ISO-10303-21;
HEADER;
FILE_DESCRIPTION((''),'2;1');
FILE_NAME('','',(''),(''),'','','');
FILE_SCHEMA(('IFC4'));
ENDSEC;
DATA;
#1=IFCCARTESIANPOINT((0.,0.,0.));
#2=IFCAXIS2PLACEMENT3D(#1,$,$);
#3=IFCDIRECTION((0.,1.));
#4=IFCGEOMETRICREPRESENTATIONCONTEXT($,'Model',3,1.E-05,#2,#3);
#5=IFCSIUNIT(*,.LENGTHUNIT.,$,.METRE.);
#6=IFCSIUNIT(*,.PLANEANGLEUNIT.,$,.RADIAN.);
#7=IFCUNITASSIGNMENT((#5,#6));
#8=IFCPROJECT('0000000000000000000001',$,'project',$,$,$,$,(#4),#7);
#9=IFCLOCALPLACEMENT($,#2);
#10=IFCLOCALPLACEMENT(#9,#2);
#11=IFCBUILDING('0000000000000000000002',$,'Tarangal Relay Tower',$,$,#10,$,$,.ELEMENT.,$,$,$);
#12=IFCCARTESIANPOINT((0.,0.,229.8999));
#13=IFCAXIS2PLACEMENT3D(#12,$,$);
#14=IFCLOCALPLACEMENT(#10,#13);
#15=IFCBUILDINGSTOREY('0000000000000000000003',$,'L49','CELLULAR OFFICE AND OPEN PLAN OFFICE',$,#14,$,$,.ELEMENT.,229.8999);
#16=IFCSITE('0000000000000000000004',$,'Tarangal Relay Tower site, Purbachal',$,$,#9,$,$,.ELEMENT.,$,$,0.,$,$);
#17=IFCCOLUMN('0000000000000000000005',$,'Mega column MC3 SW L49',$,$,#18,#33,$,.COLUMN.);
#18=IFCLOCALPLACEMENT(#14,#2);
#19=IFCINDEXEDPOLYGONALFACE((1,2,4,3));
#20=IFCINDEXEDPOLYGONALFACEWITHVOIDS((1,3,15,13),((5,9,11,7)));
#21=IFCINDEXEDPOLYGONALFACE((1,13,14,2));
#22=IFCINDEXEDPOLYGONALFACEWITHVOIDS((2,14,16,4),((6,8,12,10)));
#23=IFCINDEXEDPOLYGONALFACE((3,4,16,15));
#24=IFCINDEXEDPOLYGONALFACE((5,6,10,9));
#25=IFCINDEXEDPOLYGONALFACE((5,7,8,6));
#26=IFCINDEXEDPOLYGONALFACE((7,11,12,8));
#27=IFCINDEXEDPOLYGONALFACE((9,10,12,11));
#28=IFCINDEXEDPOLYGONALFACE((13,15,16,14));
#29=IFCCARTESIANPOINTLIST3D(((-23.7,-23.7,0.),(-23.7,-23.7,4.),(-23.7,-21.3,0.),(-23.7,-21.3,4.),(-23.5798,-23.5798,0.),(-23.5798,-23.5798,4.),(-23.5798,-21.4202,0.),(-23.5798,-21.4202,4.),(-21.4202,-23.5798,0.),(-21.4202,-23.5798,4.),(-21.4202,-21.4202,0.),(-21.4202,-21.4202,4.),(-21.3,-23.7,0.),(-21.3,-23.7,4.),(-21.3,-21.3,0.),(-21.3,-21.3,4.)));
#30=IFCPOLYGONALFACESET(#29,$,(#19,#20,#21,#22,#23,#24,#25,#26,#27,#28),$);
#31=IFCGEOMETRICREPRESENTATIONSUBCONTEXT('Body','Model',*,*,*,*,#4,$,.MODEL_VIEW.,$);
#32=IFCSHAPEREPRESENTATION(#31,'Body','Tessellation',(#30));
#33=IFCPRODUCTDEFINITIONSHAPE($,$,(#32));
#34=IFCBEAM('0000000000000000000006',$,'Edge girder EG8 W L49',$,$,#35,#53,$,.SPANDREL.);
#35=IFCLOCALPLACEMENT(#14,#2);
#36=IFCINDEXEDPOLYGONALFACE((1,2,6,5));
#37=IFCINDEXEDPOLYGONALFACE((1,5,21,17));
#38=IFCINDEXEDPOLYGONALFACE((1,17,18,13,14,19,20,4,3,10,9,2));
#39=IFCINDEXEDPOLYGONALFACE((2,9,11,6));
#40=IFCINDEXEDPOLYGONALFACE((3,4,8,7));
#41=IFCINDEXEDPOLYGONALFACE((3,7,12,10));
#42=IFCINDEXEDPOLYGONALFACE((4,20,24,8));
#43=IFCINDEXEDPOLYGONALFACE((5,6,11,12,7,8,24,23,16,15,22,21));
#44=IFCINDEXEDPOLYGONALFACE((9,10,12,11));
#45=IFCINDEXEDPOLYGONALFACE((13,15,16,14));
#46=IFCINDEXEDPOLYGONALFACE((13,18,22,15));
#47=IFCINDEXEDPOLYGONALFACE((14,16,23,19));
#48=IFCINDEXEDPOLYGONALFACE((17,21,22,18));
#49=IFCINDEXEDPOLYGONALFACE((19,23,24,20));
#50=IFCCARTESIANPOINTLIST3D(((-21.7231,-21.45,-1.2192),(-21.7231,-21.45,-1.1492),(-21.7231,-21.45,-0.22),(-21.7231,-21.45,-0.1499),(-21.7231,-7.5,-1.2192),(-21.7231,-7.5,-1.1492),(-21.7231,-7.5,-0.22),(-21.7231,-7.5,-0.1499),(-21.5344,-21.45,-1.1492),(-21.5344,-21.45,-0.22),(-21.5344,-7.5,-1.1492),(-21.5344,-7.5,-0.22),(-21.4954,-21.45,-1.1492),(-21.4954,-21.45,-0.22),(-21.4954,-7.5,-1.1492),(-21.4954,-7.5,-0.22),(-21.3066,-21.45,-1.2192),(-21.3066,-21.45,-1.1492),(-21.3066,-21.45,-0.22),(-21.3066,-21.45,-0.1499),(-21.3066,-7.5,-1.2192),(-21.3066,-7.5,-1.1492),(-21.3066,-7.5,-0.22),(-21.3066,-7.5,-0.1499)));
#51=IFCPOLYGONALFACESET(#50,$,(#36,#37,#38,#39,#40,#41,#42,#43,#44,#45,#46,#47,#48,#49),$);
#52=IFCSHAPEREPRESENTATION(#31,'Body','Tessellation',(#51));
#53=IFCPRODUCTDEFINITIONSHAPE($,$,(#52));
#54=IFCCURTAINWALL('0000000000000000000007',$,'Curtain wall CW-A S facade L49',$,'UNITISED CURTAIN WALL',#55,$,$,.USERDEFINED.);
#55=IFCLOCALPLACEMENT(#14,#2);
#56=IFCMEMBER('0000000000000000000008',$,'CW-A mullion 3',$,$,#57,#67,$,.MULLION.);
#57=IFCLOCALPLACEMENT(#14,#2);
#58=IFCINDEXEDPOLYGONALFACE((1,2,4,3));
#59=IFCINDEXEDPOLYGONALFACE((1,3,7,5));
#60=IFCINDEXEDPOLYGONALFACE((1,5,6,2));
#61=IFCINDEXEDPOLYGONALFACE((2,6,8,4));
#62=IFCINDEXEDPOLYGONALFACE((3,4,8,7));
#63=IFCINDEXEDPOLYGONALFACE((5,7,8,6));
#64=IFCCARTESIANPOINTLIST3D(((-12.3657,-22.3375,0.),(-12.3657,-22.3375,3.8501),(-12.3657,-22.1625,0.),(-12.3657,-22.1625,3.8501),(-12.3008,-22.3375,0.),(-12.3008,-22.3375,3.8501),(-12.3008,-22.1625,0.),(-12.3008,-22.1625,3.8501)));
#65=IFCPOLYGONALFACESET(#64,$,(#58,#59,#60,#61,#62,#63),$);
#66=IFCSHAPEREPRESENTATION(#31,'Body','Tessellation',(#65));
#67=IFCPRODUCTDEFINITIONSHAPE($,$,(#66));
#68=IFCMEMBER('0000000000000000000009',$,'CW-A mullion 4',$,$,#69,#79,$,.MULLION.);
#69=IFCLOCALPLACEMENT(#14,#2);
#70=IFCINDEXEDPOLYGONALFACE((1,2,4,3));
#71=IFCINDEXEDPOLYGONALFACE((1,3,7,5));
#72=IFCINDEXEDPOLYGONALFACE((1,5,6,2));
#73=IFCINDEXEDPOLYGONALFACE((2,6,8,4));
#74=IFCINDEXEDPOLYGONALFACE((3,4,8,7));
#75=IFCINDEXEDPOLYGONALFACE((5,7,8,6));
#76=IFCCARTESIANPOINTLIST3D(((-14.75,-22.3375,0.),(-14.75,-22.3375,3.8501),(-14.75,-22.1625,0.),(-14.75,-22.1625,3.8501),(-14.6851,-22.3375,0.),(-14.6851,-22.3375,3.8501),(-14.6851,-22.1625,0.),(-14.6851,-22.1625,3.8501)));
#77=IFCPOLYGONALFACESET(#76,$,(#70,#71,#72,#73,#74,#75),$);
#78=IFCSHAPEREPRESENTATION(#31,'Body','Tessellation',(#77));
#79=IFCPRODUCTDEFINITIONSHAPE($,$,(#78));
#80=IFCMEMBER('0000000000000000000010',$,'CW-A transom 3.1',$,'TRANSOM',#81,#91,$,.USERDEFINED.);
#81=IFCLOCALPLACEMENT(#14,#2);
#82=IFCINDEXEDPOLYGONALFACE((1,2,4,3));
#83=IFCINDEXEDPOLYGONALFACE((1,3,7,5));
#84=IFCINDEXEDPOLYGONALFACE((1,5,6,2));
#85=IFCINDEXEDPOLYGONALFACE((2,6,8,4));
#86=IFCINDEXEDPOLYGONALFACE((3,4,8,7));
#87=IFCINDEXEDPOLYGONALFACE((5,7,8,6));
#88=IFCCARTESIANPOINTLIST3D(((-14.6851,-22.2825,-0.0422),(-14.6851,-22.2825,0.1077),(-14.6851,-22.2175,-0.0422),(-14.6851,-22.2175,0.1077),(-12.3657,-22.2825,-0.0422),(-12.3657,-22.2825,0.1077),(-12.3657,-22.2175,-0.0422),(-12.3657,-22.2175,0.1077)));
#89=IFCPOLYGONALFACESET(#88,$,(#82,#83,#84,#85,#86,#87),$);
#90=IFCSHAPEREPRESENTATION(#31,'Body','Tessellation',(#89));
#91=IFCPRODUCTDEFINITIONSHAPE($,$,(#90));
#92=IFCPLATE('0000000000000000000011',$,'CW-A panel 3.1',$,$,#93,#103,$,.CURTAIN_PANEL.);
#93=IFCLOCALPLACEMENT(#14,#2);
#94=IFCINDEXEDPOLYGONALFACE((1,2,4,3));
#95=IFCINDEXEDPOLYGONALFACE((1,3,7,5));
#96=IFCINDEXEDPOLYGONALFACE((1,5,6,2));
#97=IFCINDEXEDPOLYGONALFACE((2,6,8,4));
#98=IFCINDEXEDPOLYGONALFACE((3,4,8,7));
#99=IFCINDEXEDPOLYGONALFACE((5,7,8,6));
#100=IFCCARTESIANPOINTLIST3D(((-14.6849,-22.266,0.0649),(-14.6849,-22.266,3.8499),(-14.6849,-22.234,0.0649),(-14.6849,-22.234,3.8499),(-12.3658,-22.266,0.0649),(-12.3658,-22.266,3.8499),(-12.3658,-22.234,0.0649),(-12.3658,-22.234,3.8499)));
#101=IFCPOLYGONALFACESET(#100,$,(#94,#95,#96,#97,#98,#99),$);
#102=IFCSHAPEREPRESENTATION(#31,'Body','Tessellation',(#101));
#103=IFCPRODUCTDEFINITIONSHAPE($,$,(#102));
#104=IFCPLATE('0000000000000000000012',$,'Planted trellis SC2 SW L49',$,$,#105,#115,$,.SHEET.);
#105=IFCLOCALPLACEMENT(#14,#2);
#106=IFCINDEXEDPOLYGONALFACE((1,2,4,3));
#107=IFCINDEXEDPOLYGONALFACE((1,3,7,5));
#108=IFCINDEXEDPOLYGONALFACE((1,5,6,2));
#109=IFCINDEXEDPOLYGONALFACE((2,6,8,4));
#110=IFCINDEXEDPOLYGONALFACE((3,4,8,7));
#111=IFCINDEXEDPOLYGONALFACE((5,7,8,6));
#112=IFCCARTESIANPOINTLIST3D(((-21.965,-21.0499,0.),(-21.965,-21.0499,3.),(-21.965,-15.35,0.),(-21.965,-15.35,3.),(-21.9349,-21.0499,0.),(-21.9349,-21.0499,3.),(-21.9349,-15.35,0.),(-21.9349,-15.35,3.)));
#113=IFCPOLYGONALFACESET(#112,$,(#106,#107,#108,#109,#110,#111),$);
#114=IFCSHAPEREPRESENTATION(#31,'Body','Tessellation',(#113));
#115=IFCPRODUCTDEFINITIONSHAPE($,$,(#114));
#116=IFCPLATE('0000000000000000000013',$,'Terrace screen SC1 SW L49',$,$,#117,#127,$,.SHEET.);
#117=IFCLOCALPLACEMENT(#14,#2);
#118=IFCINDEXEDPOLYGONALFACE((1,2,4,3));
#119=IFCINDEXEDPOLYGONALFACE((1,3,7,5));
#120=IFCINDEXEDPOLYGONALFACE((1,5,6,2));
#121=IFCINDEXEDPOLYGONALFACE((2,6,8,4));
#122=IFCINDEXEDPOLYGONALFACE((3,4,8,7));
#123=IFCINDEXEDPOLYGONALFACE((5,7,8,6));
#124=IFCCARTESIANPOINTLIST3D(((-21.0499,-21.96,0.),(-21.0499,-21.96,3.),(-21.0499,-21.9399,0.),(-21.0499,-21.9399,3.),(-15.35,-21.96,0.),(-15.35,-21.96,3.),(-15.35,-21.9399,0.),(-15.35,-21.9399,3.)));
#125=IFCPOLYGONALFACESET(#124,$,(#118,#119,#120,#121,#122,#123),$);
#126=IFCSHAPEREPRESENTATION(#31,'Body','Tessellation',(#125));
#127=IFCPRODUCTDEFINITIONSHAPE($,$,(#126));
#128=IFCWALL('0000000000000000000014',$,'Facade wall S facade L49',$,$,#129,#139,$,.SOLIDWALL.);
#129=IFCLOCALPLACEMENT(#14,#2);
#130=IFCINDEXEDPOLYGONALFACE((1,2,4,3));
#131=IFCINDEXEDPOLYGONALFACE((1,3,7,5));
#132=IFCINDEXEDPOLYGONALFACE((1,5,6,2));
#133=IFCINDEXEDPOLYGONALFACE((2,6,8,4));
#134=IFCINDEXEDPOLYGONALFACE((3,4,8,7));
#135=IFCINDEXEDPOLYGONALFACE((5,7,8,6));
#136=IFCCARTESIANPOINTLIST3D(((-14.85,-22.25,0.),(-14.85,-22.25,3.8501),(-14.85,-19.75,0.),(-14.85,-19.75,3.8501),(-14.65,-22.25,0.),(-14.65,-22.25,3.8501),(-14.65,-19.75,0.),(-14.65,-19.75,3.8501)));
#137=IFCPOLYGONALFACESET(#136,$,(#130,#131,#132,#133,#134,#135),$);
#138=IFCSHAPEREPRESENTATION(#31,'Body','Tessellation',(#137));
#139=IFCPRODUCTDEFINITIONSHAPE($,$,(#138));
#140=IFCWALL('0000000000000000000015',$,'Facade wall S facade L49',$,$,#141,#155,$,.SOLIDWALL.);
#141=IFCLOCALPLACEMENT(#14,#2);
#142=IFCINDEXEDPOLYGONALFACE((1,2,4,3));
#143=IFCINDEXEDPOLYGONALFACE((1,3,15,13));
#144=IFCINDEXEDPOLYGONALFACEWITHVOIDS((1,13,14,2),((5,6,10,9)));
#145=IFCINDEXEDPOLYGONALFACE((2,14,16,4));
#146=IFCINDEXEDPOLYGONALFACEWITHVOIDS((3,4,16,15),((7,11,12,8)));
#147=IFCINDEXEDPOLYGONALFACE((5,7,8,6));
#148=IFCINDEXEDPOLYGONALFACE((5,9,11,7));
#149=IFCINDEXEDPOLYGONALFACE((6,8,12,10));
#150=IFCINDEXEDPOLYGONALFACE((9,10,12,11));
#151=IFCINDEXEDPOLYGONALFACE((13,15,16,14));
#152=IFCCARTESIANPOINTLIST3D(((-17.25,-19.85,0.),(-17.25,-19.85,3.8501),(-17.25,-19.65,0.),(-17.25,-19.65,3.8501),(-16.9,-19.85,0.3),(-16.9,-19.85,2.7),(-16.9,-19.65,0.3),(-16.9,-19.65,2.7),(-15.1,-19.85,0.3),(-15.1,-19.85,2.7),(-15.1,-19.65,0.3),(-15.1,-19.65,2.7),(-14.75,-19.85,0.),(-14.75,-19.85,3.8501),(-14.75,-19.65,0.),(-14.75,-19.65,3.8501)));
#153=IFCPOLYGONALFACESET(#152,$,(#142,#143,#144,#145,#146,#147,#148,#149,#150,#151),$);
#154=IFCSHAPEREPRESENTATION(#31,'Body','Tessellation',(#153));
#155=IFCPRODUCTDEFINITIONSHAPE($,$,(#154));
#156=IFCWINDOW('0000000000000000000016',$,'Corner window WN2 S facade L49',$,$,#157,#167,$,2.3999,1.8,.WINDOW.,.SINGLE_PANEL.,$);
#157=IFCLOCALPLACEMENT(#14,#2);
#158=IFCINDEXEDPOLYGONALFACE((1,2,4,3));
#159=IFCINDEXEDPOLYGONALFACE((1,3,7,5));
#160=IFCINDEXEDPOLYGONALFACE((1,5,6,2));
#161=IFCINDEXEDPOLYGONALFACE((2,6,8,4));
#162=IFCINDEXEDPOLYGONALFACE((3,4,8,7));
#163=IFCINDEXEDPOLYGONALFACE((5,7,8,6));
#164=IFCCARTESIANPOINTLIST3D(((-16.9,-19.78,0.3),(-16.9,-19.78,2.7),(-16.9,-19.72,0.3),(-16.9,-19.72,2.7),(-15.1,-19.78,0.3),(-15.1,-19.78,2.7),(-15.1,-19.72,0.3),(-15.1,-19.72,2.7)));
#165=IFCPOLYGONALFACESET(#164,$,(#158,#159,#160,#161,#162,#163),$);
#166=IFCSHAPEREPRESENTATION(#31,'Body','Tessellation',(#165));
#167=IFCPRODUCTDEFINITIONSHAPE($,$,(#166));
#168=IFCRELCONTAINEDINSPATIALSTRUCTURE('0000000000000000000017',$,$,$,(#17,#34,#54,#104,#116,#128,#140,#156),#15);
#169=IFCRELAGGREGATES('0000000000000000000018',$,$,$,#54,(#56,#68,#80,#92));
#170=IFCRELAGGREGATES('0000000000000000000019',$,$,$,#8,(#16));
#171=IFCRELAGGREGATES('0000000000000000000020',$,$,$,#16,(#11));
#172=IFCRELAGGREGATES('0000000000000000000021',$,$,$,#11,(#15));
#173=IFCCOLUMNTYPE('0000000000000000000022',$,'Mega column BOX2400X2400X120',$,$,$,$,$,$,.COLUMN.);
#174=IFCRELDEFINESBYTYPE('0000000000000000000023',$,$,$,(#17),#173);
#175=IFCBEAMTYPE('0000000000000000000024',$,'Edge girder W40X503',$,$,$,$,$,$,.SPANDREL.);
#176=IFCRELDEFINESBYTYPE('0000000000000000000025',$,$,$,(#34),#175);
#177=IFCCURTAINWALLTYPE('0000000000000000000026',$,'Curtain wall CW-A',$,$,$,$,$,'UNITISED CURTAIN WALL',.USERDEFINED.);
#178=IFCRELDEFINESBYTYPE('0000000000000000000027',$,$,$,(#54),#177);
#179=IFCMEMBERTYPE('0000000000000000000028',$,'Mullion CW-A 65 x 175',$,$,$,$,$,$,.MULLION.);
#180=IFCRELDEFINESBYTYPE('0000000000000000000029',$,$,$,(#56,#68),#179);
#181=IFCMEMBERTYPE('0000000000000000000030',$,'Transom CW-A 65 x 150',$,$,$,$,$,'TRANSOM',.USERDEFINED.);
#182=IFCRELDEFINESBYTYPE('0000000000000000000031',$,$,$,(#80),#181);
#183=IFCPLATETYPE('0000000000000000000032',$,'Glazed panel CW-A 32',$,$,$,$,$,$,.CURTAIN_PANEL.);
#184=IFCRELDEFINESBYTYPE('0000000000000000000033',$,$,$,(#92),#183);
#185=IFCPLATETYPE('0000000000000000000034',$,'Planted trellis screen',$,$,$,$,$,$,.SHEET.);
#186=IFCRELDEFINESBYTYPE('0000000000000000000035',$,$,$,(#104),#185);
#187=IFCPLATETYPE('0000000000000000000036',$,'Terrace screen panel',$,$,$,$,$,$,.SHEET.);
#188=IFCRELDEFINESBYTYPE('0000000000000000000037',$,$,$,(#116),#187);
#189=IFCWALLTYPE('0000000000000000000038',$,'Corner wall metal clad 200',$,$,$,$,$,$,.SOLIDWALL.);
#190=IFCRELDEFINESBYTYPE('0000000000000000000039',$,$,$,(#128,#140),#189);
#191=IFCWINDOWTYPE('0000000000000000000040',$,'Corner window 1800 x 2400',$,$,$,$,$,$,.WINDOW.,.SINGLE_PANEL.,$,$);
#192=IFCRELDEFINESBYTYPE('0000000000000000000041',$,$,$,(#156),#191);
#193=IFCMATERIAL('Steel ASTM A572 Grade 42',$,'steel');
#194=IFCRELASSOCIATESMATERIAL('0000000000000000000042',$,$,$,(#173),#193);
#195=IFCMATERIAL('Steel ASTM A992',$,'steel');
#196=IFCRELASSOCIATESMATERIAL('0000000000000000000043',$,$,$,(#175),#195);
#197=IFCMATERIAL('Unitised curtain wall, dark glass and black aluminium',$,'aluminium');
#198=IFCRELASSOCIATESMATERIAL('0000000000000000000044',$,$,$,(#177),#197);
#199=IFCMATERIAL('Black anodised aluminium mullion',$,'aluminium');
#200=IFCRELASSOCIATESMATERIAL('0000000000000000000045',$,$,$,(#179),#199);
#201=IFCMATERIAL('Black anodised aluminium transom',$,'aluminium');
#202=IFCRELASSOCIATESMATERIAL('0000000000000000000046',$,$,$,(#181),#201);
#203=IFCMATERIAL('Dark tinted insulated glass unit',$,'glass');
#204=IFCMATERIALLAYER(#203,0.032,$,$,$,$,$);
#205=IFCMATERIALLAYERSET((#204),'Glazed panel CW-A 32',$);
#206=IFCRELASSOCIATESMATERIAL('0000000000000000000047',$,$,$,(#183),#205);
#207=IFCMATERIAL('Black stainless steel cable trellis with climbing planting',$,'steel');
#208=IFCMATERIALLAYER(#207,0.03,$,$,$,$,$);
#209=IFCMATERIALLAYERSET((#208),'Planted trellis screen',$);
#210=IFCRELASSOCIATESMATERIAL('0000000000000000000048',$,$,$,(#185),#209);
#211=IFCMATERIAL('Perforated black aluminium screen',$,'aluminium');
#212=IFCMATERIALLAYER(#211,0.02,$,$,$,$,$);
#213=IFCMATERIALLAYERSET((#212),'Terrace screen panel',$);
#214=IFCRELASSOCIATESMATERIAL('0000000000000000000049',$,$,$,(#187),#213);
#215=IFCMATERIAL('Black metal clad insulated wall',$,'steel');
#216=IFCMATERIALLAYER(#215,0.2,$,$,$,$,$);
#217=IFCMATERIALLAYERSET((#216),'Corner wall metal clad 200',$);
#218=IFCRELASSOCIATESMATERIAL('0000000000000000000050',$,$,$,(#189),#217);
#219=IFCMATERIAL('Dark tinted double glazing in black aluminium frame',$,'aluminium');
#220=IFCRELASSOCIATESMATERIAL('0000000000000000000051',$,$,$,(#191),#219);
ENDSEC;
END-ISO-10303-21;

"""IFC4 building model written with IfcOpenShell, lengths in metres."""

from ifc_helpers import new_model, si_unit, direction, frame, frame_2d, origin, origin_2d, place, context, subcontext, project, spatial, rectangle, hollow_rectangle, i_section, extrude, material, layer, layer_set, material_profile, profile_set, type_object, element, fill, aggregate, save


model = new_model("IFC4")

# Units and contexts
model_context = context("Model", 3, precision=1e-05, world=origin(), true_north=direction((0.0, 1.0)))
body_context = subcontext(model_context, "Body", "Model", "MODEL_VIEW")
ifc_project = project(units=[si_unit("LENGTHUNIT", "METRE"), si_unit("PLANEANGLEUNIT", "RADIAN")], contexts=[model_context])

# Site, building, storey
site_placement = place(None, origin())
site = spatial("IfcSite", under=ifc_project, at=site_placement, Name="Tarangal Relay Tower site, Purbachal", CompositionType="ELEMENT", RefElevation=0.0)
building_placement = place(site_placement, origin())
building = spatial("IfcBuilding", under=site, at=building_placement, Name="Tarangal Relay Tower", CompositionType="ELEMENT")
storey_placement = place(building_placement, frame((0.0, 0.0, 229.8999)))
storey = spatial("IfcBuildingStorey", under=building, at=storey_placement, Name="L49", Description="CELLULAR OFFICE AND OPEN PLAN OFFICE", CompositionType="ELEMENT", Elevation=229.8999)

# Column
ifc_material_1 = material(Name="Steel ASTM A572 Grade 42", Category="steel")
ifc_material_profile_1 = material_profile(ifc_material_1, hollow_rectangle(XDim=2.3999, YDim=2.3999, WallThickness=0.1201, at=origin_2d()), Name="BOX2400X2400X120")
ifc_profile_set_1 = profile_set([ifc_material_profile_1], Name="Steel ASTM A572 Grade 42")
column_type = type_object("IfcColumnType", Name="Mega column BOX2400X2400X120", PredefinedType="COLUMN", material=ifc_profile_set_1)
column_placement = place(storey_placement, frame((-22.5, -22.5, 0.0), z_axis=(0.0, 0.0, 1.0), x_axis=(1.0, 0.0, 0.0)))
element("IfcColumn", 1, at=column_placement, inside=storey, type_object=column_type, Name="Mega column MC3 SW L49", PredefinedType="COLUMN", context=body_context, shape_type="SweptSolid", body=[
    extrude(hollow_rectangle(XDim=2.3999, YDim=2.3999, WallThickness=0.1201, at=origin_2d()), origin(), (0.0, 0.0, 1.0), 4.0),
])

# Beam
ifc_material_2 = material(Name="Steel ASTM A992", Category="steel")
ifc_material_profile_2 = material_profile(ifc_material_2, i_section(OverallWidth=0.4165, OverallDepth=1.0693, WebThickness=0.0391, FlangeThickness=0.0701, at=origin_2d()), Name="W40X503")
ifc_profile_set_2 = profile_set([ifc_material_profile_2], Name="Steel ASTM A992")
beam_type = type_object("IfcBeamType", Name="Edge girder W40X503", PredefinedType="SPANDREL", material=ifc_profile_set_2)
beam_placement = place(storey_placement, frame((-21.5149, -21.45, -0.6846), z_axis=(0.0, 1.0, 0.0), x_axis=(-1.0, 0.0, 0.0)))
element("IfcBeam", 2, at=beam_placement, inside=storey, type_object=beam_type, Name="Edge girder EG8 W L49", PredefinedType="SPANDREL", context=body_context, shape_type="SweptSolid", body=[
    extrude(i_section(OverallWidth=0.4165, OverallDepth=1.0693, WebThickness=0.0391, FlangeThickness=0.0701, at=origin_2d()), origin(), (0.0, 0.0, 1.0), 13.95),
])

# Curtain wall, members, plate
ifc_material_3 = material(Name="Unitised curtain wall, dark glass and black aluminium", Category="aluminium")
curtain_wall_type = type_object("IfcCurtainWallType", Name="Curtain wall CW-A", ElementType="UNITISED CURTAIN WALL", PredefinedType="USERDEFINED", material=ifc_material_3)
curtain_wall_placement = place(storey_placement, origin())
curtain_wall = element("IfcCurtainWall", 3, at=curtain_wall_placement, inside=storey, type_object=curtain_wall_type, Name="Curtain wall CW-A S facade L49", ObjectType="UNITISED CURTAIN WALL", PredefinedType="USERDEFINED")
ifc_material_4 = material(Name="Black anodised aluminium mullion", Category="aluminium")
ifc_material_profile_3 = material_profile(ifc_material_4, rectangle(XDim=0.175, YDim=0.0649, at=origin_2d()), Name="CW-AM 65X175")
ifc_profile_set_3 = profile_set([ifc_material_profile_3], Name="Black anodised aluminium mullion")
member_type_1 = type_object("IfcMemberType", Name="Mullion CW-A 65 x 175", PredefinedType="MULLION", material=ifc_profile_set_3)
member_1_placement = place(storey_placement, frame((-12.3333, -22.25, 0.0), z_axis=(0.0, 0.0, 1.0), x_axis=(0.0, -1.0, 0.0)))
member_1 = element("IfcMember", 4, at=member_1_placement, type_object=member_type_1, Name="CW-A mullion 3", PredefinedType="MULLION", context=body_context, shape_type="SweptSolid", body=[
    extrude(rectangle(XDim=0.175, YDim=0.0649, at=origin_2d()), origin(), (0.0, 0.0, 1.0), 3.8501),
])
member_2_placement = place(storey_placement, frame((-14.7175, -22.25, 0.0), z_axis=(0.0, 0.0, 1.0), x_axis=(0.0, -1.0, 0.0)))
member_2 = element("IfcMember", 5, at=member_2_placement, type_object=member_type_1, Name="CW-A mullion 4", PredefinedType="MULLION", context=body_context, shape_type="SweptSolid", body=[
    extrude(rectangle(XDim=0.175, YDim=0.0649, at=origin_2d()), origin(), (0.0, 0.0, 1.0), 3.8501),
])
ifc_material_5 = material(Name="Black anodised aluminium transom", Category="aluminium")
ifc_material_profile_4 = material_profile(ifc_material_5, rectangle(XDim=0.0649, YDim=0.1499, at=origin_2d()), Name="CW-AT 65X150")
ifc_profile_set_4 = profile_set([ifc_material_profile_4], Name="Black anodised aluminium transom")
member_type_2 = type_object("IfcMemberType", Name="Transom CW-A 65 x 150", ElementType="TRANSOM", PredefinedType="USERDEFINED", material=ifc_profile_set_4)
member_3_placement = place(storey_placement, frame((-12.3657, -22.25, 0.0327), z_axis=(-1.0, 0.0, 0.0), x_axis=(0.0, -1.0, 0.0)))
member_3 = element("IfcMember", 6, at=member_3_placement, type_object=member_type_2, Name="CW-A transom 3.1", ObjectType="TRANSOM", PredefinedType="USERDEFINED", context=body_context, shape_type="SweptSolid", body=[
    extrude(rectangle(XDim=0.0649, YDim=0.1499, at=origin_2d()), origin(), (0.0, 0.0, 1.0), 2.3193),
])
ifc_material_6 = material(Name="Dark tinted insulated glass unit", Category="glass")
ifc_layer_1 = layer(ifc_material_6, 0.032)
ifc_layer_set_1 = layer_set([ifc_layer_1], Name="Glazed panel CW-A 32")
plate_type_1 = type_object("IfcPlateType", Name="Glazed panel CW-A 32", PredefinedType="CURTAIN_PANEL", material=ifc_layer_set_1)
plate_1_placement = place(storey_placement, frame((-13.5254, -22.25, 0.0649), z_axis=(0.0, 0.0, 1.0), x_axis=(-1.0, 0.0, 0.0)))
plate_1 = element("IfcPlate", 7, at=plate_1_placement, type_object=plate_type_1, Name="CW-A panel 3.1", PredefinedType="CURTAIN_PANEL", context=body_context, shape_type="SweptSolid", body=[
    extrude(rectangle(XDim=2.3191, YDim=0.032, at=origin_2d()), origin(), (0.0, 0.0, 1.0), 3.7849),
])
aggregate(curtain_wall, [member_1, member_2, member_3, plate_1])

# Plates
ifc_material_7 = material(Name="Black stainless steel cable trellis with climbing planting", Category="steel")
ifc_layer_2 = layer(ifc_material_7, 0.03)
ifc_layer_set_2 = layer_set([ifc_layer_2], Name="Planted trellis screen")
plate_type_2 = type_object("IfcPlateType", Name="Planted trellis screen", PredefinedType="SHEET", material=ifc_layer_set_2)
plate_2_placement = place(storey_placement, frame((-21.95, -18.2, 0.0), z_axis=(0.0, 0.0, 1.0), x_axis=(0.0, 1.0, 0.0)))
element("IfcPlate", 8, at=plate_2_placement, inside=storey, type_object=plate_type_2, Name="Planted trellis SC2 SW L49", PredefinedType="SHEET", context=body_context, shape_type="SweptSolid", body=[
    extrude(rectangle(XDim=5.7, YDim=0.03, at=origin_2d()), origin(), (0.0, 0.0, 1.0), 3.0),
])
ifc_material_8 = material(Name="Perforated black aluminium screen", Category="aluminium")
ifc_layer_3 = layer(ifc_material_8, 0.02)
ifc_layer_set_3 = layer_set([ifc_layer_3], Name="Terrace screen panel")
plate_type_3 = type_object("IfcPlateType", Name="Terrace screen panel", PredefinedType="SHEET", material=ifc_layer_set_3)
plate_3_placement = place(storey_placement, frame((-18.2, -21.95, 0.0), z_axis=(0.0, 0.0, 1.0), x_axis=(-1.0, 0.0, 0.0)))
element("IfcPlate", 9, at=plate_3_placement, inside=storey, type_object=plate_type_3, Name="Terrace screen SC1 SW L49", PredefinedType="SHEET", context=body_context, shape_type="SweptSolid", body=[
    extrude(rectangle(XDim=5.7, YDim=0.02, at=origin_2d()), origin(), (0.0, 0.0, 1.0), 3.0),
])

# Wall
ifc_material_9 = material(Name="Black metal clad insulated wall", Category="steel")
ifc_layer_4 = layer(ifc_material_9, 0.2)
ifc_layer_set_4 = layer_set([ifc_layer_4], Name="Corner wall metal clad 200")
wall_type = type_object("IfcWallType", Name="Corner wall metal clad 200", PredefinedType="SOLIDWALL", material=ifc_layer_set_4)
wall_1_placement = place(storey_placement, frame((-14.75, -22.25, 0.0), z_axis=(0.0, 0.0, 1.0), x_axis=(0.0, 1.0, 0.0)))
element("IfcWall", 10, at=wall_1_placement, inside=storey, type_object=wall_type, Name="Facade wall S facade L49", PredefinedType="SOLIDWALL", context=body_context, shape_type="SweptSolid", body=[
    extrude(rectangle(XDim=2.5, YDim=0.2, at=frame_2d((1.25, 0.0))), origin(), (0.0, 0.0, 1.0), 3.8501),
])

# Wall, opening, window
wall_2_placement = place(storey_placement, frame((-14.75, -19.75, 0.0), z_axis=(0.0, 0.0, 1.0), x_axis=(-1.0, 0.0, 0.0)))
wall_2 = element("IfcWall", 11, at=wall_2_placement, inside=storey, type_object=wall_type, Name="Facade wall S facade L49", PredefinedType="SOLIDWALL", context=body_context, shape_type="SweptSolid", body=[
    extrude(rectangle(XDim=2.5, YDim=0.2, at=frame_2d((1.25, 0.0))), origin(), (0.0, 0.0, 1.0), 3.8501),
])
opening_1_placement = place(wall_2_placement, frame((0.3501, 0.0, 0.3)))
opening_1 = element("IfcOpeningElement", 12, at=opening_1_placement, cuts=wall_2, PredefinedType="OPENING", context=body_context, shape_type="SweptSolid", body=[
    extrude(rectangle(XDim=1.8, YDim=2.3999, at=frame_2d((0.8999, 1.2))), frame((0.0, 0.1099, 0.0), z_axis=(0.0, -1.0, 0.0), x_axis=(1.0, 0.0, 0.0)), (0.0, 0.0, 1.0), 0.22),
])
ifc_material_10 = material(Name="Dark tinted double glazing in black aluminium frame", Category="aluminium")
window_type = type_object("IfcWindowType", Name="Corner window 1800 x 2400", PartitioningType="SINGLE_PANEL", PredefinedType="WINDOW", material=ifc_material_10)
window_placement = place(opening_1_placement, origin())
window = element("IfcWindow", 13, at=window_placement, inside=storey, type_object=window_type, Name="Corner window WN2 S facade L49", OverallHeight=2.3999, OverallWidth=1.8, PartitioningType="SINGLE_PANEL", PredefinedType="WINDOW", context=body_context, shape_type="SweptSolid", body=[
    extrude(rectangle(XDim=1.8, YDim=2.3999, at=frame_2d((0.8999, 1.2))), frame((0.0, 0.03, 0.0), z_axis=(0.0, -1.0, 0.0), x_axis=(1.0, 0.0, 0.0)), (0.0, 0.0, 1.0), 0.0601),
])
fill(opening_1, window)

save(model, "model.ifc")
